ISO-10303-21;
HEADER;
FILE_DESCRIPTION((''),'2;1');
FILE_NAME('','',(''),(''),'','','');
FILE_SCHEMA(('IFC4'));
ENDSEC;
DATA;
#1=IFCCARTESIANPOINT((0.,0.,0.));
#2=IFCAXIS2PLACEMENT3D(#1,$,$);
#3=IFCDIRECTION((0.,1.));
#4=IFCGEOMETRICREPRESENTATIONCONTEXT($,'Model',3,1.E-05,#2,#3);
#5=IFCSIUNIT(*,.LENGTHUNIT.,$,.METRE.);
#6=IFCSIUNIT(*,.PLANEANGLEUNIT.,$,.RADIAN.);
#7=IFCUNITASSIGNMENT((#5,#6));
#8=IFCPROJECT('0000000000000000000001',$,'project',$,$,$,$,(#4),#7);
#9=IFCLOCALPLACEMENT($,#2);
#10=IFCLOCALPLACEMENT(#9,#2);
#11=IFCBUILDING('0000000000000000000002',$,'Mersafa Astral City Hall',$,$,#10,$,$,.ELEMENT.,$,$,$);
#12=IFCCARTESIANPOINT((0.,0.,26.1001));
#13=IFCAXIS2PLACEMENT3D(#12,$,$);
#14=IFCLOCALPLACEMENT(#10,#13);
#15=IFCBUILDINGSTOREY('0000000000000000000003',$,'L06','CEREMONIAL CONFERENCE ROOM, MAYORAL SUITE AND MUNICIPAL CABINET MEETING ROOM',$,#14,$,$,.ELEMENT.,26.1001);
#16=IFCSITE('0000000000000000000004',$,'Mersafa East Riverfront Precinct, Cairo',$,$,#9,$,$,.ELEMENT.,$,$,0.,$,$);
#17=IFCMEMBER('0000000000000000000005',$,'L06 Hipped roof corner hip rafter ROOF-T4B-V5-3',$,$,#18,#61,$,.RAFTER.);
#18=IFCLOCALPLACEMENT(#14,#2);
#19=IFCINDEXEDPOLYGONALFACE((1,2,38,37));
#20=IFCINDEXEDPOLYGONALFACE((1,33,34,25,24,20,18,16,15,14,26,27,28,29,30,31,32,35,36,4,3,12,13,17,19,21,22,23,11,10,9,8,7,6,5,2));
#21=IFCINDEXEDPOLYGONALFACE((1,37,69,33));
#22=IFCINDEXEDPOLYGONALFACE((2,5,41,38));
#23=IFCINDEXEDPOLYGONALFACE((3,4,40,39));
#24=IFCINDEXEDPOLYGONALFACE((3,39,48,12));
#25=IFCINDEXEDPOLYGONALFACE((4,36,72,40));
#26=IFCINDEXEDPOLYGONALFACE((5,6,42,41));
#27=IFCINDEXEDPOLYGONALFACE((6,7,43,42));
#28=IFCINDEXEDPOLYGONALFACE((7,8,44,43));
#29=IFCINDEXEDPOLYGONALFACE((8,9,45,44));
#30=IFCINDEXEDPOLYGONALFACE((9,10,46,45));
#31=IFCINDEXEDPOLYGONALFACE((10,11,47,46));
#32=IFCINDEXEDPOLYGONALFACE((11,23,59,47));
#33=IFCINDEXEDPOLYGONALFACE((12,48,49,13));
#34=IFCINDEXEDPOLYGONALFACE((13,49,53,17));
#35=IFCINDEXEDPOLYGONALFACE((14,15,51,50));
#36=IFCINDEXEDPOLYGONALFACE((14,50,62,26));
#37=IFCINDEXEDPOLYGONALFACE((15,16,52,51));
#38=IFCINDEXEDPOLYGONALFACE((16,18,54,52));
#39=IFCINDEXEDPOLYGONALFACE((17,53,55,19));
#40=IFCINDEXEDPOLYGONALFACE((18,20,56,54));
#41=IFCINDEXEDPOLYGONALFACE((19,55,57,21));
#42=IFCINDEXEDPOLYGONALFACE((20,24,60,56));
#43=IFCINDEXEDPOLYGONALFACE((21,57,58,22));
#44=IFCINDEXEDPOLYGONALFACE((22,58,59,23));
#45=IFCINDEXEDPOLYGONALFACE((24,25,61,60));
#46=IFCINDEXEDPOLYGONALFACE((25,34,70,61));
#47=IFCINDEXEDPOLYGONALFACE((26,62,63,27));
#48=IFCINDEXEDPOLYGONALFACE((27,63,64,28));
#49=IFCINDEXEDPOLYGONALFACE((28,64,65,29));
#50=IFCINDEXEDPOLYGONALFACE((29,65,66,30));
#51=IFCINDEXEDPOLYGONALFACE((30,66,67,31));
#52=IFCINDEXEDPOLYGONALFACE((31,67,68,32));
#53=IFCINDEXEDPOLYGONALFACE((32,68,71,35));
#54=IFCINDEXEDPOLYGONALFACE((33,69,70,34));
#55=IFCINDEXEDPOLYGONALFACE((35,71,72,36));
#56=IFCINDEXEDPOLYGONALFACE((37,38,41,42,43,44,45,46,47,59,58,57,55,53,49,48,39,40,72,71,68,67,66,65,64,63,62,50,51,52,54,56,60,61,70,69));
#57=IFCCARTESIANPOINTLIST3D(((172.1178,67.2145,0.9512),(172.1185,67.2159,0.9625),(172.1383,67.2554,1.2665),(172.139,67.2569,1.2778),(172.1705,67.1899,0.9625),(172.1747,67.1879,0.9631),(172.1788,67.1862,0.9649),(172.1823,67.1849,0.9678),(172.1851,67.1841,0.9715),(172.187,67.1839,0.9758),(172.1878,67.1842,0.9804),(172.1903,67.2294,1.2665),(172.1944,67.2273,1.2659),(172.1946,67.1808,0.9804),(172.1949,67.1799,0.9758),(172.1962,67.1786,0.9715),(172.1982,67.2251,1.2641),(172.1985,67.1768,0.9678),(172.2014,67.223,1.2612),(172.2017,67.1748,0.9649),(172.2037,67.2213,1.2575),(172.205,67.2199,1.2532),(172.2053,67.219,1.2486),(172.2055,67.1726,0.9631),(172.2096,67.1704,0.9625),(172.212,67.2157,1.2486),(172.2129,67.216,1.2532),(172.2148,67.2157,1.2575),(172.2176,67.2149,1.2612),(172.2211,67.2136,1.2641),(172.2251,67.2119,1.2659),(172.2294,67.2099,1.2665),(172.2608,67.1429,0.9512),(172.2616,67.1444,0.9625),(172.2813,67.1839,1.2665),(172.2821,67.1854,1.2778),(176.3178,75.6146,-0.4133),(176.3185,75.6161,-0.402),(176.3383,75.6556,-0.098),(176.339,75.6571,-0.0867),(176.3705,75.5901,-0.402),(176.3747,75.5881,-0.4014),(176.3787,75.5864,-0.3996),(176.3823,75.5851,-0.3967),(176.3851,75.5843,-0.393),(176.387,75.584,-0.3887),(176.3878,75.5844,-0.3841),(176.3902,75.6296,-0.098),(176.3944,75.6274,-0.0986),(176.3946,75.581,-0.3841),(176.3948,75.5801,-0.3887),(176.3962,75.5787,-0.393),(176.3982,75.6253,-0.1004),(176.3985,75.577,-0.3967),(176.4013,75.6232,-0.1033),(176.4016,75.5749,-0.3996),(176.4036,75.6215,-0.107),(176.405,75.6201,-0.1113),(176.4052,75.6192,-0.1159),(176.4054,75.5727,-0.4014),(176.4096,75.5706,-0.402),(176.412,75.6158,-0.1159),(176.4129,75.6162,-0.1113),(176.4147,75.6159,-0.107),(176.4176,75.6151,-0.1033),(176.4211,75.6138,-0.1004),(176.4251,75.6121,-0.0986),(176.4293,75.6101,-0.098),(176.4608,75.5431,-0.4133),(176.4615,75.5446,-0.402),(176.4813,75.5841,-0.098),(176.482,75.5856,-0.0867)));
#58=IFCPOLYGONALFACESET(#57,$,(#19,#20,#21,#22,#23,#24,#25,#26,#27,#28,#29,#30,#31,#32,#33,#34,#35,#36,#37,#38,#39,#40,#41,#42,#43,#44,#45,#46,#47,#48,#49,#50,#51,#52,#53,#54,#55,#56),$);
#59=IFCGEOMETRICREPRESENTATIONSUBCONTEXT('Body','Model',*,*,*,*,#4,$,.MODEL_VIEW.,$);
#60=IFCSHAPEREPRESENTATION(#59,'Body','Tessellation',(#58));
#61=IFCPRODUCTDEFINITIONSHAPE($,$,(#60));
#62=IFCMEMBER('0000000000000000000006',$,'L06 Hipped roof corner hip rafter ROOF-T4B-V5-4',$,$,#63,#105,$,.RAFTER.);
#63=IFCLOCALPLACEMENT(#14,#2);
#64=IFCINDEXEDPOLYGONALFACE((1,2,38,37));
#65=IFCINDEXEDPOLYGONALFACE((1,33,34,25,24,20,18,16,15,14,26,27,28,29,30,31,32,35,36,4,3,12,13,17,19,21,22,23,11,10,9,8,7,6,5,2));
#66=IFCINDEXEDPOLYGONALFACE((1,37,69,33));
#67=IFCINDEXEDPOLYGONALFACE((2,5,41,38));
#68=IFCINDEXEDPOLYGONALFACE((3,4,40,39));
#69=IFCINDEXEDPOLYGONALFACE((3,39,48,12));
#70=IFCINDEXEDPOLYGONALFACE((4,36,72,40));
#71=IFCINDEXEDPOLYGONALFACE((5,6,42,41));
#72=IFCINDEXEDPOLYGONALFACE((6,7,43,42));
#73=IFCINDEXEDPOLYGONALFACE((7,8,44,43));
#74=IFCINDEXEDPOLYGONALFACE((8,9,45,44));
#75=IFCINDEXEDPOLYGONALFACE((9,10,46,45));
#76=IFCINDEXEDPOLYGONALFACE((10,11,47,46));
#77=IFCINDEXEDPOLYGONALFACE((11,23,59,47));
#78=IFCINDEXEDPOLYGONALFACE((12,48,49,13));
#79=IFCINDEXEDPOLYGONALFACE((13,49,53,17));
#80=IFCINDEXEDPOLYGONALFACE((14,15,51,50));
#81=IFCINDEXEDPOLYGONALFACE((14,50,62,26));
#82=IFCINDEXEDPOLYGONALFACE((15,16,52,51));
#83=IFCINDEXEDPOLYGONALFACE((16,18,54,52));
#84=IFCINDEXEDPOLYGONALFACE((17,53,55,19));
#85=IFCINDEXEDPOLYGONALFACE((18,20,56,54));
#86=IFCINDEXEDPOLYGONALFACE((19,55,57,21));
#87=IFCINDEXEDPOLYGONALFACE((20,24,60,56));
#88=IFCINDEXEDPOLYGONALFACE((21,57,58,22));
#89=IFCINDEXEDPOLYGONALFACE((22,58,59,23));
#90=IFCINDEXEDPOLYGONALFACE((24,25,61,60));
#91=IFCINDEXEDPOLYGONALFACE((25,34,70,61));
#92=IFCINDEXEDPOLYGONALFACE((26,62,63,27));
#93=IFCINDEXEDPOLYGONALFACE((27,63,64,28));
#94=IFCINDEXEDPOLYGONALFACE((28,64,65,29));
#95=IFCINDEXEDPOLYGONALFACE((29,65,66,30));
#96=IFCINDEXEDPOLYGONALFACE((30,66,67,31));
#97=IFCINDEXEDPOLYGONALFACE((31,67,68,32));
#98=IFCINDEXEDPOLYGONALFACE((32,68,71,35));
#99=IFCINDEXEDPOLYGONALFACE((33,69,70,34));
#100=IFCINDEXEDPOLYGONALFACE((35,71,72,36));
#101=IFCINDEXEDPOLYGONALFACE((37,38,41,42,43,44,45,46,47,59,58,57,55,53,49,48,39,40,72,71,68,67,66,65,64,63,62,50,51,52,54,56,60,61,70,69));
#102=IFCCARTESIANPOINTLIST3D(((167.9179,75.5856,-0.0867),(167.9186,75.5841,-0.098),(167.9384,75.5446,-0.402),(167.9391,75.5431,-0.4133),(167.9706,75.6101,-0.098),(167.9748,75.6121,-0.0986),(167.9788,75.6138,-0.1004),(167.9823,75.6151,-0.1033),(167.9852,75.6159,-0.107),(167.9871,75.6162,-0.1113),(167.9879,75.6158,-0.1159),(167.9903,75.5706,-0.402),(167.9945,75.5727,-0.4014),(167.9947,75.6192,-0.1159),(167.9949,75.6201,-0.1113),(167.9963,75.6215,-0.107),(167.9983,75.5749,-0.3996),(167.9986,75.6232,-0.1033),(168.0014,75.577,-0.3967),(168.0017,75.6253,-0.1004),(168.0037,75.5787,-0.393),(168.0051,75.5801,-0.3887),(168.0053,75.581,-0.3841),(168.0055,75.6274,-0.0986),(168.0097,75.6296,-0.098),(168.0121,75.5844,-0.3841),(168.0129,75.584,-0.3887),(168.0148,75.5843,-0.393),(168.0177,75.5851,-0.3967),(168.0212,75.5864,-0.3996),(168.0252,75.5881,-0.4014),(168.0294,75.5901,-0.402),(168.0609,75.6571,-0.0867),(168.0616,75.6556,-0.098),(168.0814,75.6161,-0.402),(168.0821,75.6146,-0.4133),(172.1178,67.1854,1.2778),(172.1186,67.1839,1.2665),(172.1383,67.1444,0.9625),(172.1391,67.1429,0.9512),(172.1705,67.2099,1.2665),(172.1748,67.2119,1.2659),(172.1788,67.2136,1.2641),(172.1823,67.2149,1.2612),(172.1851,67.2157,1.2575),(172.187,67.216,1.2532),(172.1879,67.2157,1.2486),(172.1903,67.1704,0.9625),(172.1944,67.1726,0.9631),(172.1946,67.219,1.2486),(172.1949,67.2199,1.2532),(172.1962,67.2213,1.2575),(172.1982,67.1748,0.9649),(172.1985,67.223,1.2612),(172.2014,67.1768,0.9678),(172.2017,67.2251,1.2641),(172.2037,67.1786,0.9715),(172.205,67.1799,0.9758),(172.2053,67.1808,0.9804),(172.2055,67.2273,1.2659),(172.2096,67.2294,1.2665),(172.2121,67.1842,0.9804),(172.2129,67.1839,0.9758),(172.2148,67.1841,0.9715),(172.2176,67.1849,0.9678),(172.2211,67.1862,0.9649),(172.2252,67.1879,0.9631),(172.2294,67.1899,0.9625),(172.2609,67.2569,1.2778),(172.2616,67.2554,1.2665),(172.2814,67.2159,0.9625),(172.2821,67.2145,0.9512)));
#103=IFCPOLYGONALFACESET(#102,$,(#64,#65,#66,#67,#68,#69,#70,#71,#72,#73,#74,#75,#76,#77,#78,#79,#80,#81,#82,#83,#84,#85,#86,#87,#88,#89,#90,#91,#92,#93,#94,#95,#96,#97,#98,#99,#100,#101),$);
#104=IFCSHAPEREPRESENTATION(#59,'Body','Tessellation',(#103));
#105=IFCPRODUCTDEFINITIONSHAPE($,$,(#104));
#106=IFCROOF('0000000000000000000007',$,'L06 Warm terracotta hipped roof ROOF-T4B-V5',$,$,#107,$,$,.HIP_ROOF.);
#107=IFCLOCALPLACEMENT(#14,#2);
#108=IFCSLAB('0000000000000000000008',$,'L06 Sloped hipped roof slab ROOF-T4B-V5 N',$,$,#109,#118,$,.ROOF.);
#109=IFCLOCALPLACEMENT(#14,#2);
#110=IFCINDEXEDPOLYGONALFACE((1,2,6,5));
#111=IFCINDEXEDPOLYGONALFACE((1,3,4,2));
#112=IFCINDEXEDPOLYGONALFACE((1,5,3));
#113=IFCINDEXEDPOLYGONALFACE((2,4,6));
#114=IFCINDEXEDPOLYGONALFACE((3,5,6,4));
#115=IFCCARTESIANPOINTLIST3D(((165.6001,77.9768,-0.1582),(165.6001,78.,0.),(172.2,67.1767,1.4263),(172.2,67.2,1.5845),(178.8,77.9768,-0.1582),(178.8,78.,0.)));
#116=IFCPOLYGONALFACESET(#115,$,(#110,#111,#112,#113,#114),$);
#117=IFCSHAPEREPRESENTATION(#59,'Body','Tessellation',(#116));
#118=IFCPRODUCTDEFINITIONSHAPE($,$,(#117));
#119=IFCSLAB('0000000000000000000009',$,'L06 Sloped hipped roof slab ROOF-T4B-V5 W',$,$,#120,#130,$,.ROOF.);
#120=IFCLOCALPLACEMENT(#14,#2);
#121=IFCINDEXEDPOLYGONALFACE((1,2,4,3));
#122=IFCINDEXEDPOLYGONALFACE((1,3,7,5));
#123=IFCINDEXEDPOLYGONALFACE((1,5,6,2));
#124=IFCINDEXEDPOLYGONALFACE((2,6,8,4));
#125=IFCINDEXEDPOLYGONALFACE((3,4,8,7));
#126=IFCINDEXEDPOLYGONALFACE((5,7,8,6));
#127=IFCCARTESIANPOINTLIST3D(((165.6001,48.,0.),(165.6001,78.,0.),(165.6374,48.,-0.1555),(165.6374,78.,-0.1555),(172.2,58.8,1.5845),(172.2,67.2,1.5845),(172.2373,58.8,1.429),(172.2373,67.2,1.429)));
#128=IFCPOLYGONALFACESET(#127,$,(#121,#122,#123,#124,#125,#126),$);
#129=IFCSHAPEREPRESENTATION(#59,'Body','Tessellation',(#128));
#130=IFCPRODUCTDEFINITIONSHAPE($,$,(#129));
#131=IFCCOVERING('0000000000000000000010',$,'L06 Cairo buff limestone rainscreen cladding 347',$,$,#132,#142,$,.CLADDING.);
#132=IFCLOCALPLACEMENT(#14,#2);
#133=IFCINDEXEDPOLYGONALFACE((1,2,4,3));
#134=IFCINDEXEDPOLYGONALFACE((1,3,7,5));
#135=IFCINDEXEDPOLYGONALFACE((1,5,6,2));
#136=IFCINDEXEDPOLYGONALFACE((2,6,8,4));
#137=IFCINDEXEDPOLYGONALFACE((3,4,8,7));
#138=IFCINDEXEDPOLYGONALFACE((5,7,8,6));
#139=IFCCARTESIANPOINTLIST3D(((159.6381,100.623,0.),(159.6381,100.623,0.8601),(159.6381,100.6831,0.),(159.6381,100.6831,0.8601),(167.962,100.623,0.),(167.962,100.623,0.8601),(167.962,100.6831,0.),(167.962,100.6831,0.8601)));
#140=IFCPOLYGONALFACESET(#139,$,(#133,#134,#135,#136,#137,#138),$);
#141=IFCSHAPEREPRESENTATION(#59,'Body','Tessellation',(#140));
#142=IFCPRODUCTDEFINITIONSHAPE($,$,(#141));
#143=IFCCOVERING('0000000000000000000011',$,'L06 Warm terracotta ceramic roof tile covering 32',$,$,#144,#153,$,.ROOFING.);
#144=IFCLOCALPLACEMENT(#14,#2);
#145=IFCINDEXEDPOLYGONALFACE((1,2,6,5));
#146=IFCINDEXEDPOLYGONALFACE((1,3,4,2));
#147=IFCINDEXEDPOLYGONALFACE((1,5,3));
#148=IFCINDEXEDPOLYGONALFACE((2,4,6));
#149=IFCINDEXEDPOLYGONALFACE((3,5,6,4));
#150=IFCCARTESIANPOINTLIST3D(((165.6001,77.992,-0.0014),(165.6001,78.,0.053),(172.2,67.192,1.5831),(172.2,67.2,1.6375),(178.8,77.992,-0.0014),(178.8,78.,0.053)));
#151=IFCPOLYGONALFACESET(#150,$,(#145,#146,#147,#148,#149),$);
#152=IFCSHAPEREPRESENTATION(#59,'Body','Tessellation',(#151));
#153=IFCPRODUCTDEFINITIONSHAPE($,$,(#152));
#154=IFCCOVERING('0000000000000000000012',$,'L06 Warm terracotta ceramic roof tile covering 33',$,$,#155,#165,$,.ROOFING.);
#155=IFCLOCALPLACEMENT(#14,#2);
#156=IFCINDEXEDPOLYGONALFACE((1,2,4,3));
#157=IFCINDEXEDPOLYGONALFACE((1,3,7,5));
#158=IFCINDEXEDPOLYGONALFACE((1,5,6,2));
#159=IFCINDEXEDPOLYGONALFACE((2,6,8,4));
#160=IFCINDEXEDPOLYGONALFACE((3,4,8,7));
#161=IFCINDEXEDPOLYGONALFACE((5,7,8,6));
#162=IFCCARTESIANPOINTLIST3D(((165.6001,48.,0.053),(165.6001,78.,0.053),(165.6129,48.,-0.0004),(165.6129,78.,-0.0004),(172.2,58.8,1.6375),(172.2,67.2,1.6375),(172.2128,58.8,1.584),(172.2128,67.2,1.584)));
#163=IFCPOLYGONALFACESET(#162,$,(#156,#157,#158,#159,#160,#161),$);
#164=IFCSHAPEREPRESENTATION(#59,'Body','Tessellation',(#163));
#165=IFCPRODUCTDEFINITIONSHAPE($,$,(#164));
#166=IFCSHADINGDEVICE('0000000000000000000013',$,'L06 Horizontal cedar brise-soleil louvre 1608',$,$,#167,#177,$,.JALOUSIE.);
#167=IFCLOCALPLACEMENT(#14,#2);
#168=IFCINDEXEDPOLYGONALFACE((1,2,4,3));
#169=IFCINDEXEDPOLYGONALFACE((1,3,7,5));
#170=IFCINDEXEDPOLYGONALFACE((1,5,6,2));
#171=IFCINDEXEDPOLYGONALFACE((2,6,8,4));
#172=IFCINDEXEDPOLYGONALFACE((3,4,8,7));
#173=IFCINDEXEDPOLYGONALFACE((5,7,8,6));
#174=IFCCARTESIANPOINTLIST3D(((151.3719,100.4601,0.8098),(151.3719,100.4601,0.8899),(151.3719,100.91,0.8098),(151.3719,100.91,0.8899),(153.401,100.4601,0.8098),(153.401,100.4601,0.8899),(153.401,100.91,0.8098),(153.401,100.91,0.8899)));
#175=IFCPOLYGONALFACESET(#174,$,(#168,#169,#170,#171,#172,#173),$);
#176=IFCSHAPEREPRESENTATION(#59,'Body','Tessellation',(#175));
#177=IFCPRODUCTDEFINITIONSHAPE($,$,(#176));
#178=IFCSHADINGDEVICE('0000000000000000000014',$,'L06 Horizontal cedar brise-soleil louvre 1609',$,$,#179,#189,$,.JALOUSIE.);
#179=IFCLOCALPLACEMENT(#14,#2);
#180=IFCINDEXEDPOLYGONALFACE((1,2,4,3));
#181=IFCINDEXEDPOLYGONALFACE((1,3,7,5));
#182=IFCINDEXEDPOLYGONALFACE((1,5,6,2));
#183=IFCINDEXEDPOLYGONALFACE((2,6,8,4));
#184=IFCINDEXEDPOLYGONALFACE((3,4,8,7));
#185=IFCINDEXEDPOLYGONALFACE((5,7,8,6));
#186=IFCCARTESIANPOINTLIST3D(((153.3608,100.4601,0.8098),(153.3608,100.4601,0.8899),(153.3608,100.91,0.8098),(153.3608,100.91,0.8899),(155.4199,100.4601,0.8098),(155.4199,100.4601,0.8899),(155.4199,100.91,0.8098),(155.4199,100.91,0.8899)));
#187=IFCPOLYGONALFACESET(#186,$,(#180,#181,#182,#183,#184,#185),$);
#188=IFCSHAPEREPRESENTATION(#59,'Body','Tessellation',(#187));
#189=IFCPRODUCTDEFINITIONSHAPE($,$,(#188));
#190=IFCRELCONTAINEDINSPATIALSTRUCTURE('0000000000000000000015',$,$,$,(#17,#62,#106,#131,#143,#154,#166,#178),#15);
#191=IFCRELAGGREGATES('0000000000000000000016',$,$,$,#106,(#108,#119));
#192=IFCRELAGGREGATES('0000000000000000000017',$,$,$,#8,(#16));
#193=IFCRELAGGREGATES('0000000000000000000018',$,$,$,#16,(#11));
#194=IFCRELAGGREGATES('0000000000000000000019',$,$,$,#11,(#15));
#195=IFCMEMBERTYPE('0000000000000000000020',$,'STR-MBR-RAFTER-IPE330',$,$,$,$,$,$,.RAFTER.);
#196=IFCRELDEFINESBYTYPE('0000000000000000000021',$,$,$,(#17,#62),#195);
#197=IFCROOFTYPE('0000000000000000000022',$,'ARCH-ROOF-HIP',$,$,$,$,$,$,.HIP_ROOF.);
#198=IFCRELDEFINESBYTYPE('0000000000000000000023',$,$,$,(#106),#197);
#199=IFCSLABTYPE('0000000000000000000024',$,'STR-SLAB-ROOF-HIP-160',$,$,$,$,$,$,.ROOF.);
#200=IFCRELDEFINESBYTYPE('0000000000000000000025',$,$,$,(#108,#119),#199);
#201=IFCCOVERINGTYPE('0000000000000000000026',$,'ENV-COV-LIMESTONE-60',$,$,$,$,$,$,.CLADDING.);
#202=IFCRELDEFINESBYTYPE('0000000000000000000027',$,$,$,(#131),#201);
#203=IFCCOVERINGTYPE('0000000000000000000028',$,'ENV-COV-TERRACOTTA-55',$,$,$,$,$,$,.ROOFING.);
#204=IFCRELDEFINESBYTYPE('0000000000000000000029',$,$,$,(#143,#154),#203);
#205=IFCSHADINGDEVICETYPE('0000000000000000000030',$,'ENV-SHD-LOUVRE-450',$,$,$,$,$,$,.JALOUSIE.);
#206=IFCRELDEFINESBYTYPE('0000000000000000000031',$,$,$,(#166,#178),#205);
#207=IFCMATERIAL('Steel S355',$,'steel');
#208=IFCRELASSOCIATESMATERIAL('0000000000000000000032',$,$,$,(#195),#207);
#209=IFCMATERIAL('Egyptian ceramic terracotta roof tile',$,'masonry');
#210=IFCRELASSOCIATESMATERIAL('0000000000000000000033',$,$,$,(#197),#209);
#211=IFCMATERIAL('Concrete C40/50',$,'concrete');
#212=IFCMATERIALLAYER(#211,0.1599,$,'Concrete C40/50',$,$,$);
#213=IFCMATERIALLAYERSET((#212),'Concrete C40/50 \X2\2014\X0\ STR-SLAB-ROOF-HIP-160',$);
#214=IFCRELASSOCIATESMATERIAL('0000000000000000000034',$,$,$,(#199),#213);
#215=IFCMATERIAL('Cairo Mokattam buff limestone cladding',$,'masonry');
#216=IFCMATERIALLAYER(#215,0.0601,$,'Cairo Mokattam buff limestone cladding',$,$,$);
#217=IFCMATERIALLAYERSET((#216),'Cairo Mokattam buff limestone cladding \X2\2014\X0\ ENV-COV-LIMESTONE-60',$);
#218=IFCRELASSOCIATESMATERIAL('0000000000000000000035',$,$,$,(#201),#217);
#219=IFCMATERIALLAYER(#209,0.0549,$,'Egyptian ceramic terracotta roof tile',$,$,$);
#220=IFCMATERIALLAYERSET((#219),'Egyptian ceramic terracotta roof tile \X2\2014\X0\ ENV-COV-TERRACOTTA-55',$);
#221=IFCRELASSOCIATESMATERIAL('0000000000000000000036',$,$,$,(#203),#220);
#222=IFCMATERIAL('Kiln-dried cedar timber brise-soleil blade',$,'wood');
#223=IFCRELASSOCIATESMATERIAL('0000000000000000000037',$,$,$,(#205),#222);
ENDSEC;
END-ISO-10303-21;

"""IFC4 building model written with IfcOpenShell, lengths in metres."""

from ifc_helpers import new_model, si_unit, direction, frame, origin, origin_2d, place, context, subcontext, project, spatial, polyline, rectangle, i_section, outline, extrude, material, layer, layer_set, material_profile, profile_set, type_object, element, aggregate, save


model = new_model("IFC4")

# Units and contexts
model_context = context("Model", 3, precision=1e-05, world=origin(), true_north=direction((0.0, 1.0)))
body_context = subcontext(model_context, "Body", "Model", "MODEL_VIEW")
ifc_project = project(units=[si_unit("LENGTHUNIT", "METRE"), si_unit("PLANEANGLEUNIT", "RADIAN")], contexts=[model_context])

# Site, building, storey
site_placement = place(None, origin())
site = spatial("IfcSite", under=ifc_project, at=site_placement, Name="Mersafa East Riverfront Precinct, Cairo", CompositionType="ELEMENT", RefElevation=0.0)
building_placement = place(site_placement, origin())
building = spatial("IfcBuilding", under=site, at=building_placement, Name="Mersafa Astral City Hall", CompositionType="ELEMENT")
storey_placement = place(building_placement, frame((0.0, 0.0, 26.1001)))
storey = spatial("IfcBuildingStorey", under=building, at=storey_placement, Name="L06", Description="CEREMONIAL CONFERENCE ROOM, MAYORAL SUITE AND MUNICIPAL CABINET MEETING ROOM", CompositionType="ELEMENT", Elevation=26.1001)

# Shared definitions
ifc_material_1 = material(Name="Steel S355", Category="steel")

# Members
ifc_material_profile_1 = material_profile(ifc_material_1, i_section(OverallWidth=0.1599, OverallDepth=0.3301, WebThickness=0.0076, FlangeThickness=0.0115, FilletRadius=0.0181, at=origin_2d()), Name="IPE 330")
ifc_profile_set_1 = profile_set([ifc_material_profile_1], Name="Steel S355")
member_type = type_object("IfcMemberType", Name="STR-MBR-RAFTER-IPE330", PredefinedType="RAFTER", material=ifc_profile_set_1)
for number, where, z_axis, x_axis, name in (
    (1, (176.3999, 75.6001, -0.25), (-0.442557, -0.885139, 0.14378), (0.894432, -0.447203, 0.0), "L06 Hipped roof corner hip rafter ROOF-T4B-V5-3"),
    (2, (168.0, 75.6001, -0.25), (0.442557, -0.885139, 0.14378), (0.894432, 0.447203, 0.0), "L06 Hipped roof corner hip rafter ROOF-T4B-V5-4"),
):
    element("IfcMember", number, at=place(storey_placement, frame(where, z_axis=z_axis, x_axis=x_axis)), inside=storey, type_object=member_type, Name=name, PredefinedType="RAFTER", context=body_context, shape_type="SweptSolid", body=[
        extrude(i_section(OverallWidth=0.1599, OverallDepth=0.3301, WebThickness=0.0076, FlangeThickness=0.0115, FilletRadius=0.0181, at=origin_2d()), origin(), (0.0, 0.0, 1.0), 9.4902),
    ])

# Roof, slabs
ifc_material_2 = material(Name="Egyptian ceramic terracotta roof tile", Category="masonry")
roof_type = type_object("IfcRoofType", Name="ARCH-ROOF-HIP", PredefinedType="HIP_ROOF", material=ifc_material_2)
roof_placement = place(storey_placement, origin())
roof = element("IfcRoof", 3, at=roof_placement, inside=storey, type_object=roof_type, Name="L06 Warm terracotta hipped roof ROOF-T4B-V5", PredefinedType="HIP_ROOF")
ifc_material_3 = material(Name="Concrete C40/50", Category="concrete")
ifc_layer_1 = layer(ifc_material_3, 0.1599, Name="Concrete C40/50")
ifc_layer_set_1 = layer_set([ifc_layer_1], Name="Concrete C40/50 — STR-SLAB-ROOF-HIP-160")
slab_type = type_object("IfcSlabType", Name="STR-SLAB-ROOF-HIP-160", PredefinedType="ROOF", material=ifc_layer_set_1)
slab_1_placement = place(storey_placement, frame((178.8, 78.0, 0.0), z_axis=(0.0, 0.145156, 0.989409), x_axis=(-1.0, 0.0, 0.0)))
slab_1 = element("IfcSlab", 4, at=slab_1_placement, type_object=slab_type, Name="L06 Sloped hipped roof slab ROOF-T4B-V5 N", PredefinedType="ROOF", context=body_context, shape_type="SweptSolid", body=[
    extrude(outline(polyline([(0.0, 0.0), (13.2, 0.0), (6.6001, 10.9157), (0.0, 0.0)])), origin(), (0.0, 0.0, -1.0), 0.1599),
])
slab_2_placement = place(storey_placement, frame((165.6001, 78.0, 0.0), z_axis=(-0.233444, 0.0, 0.97237), x_axis=(0.0, -1.0, 0.0)))
slab_2 = element("IfcSlab", 5, at=slab_2_placement, type_object=slab_type, Name="L06 Sloped hipped roof slab ROOF-T4B-V5 W", PredefinedType="ROOF", context=body_context, shape_type="SweptSolid", body=[
    extrude(outline(polyline([(0.0, 0.0), (30.0, 0.0), (19.2, 6.7874), (10.8, 6.7874), (0.0, 0.0)])), origin(), (0.0, 0.0, -1.0), 0.1599),
])
aggregate(roof, [slab_1, slab_2])

# Coverings
ifc_material_4 = material(Name="Cairo Mokattam buff limestone cladding", Category="masonry")
ifc_layer_2 = layer(ifc_material_4, 0.0601, Name="Cairo Mokattam buff limestone cladding")
ifc_layer_set_2 = layer_set([ifc_layer_2], Name="Cairo Mokattam buff limestone cladding — ENV-COV-LIMESTONE-60")
covering_type_1 = type_object("IfcCoveringType", Name="ENV-COV-LIMESTONE-60", PredefinedType="CLADDING", material=ifc_layer_set_2)
covering_1_placement = place(storey_placement, frame((163.8, 100.6531, 0.0), z_axis=(0.0, 0.0, 1.0), x_axis=(1.0, 0.0, 0.0)))
element("IfcCovering", 6, at=covering_1_placement, inside=storey, type_object=covering_type_1, Name="L06 Cairo buff limestone rainscreen cladding 347", PredefinedType="CLADDING", context=body_context, shape_type="SweptSolid", body=[
    extrude(rectangle(XDim=8.324, YDim=0.0601, at=origin_2d()), origin(), (0.0, 0.0, 1.0), 0.8601),
])
ifc_layer_3 = layer(ifc_material_2, 0.0549, Name="Egyptian ceramic terracotta roof tile")
ifc_layer_set_3 = layer_set([ifc_layer_3], Name="Egyptian ceramic terracotta roof tile — ENV-COV-TERRACOTTA-55")
covering_type_2 = type_object("IfcCoveringType", Name="ENV-COV-TERRACOTTA-55", PredefinedType="ROOFING", material=ifc_layer_set_3)
covering_2_placement = place(storey_placement, frame((178.8, 78.0, 0.053), z_axis=(0.0, 0.145156, 0.989409), x_axis=(-1.0, 0.0, 0.0)))
element("IfcCovering", 7, at=covering_2_placement, inside=storey, type_object=covering_type_2, Name="L06 Warm terracotta ceramic roof tile covering 32", PredefinedType="ROOFING", context=body_context, shape_type="SweptSolid", body=[
    extrude(outline(polyline([(0.0, 0.0), (13.2, 0.0), (6.6001, 10.9157), (0.0, 0.0)])), origin(), (0.0, 0.0, -1.0), 0.0549),
])
covering_3_placement = place(storey_placement, frame((165.6001, 78.0, 0.053), z_axis=(-0.233444, 0.0, 0.97237), x_axis=(0.0, -1.0, 0.0)))
element("IfcCovering", 8, at=covering_3_placement, inside=storey, type_object=covering_type_2, Name="L06 Warm terracotta ceramic roof tile covering 33", PredefinedType="ROOFING", context=body_context, shape_type="SweptSolid", body=[
    extrude(outline(polyline([(0.0, 0.0), (30.0, 0.0), (19.2, 6.7874), (10.8, 6.7874), (0.0, 0.0)])), origin(), (0.0, 0.0, -1.0), 0.0549),
])

# Shading devices
ifc_material_5 = material(Name="Kiln-dried cedar timber brise-soleil blade", Category="wood")
shading_device_type = type_object("IfcShadingDeviceType", Name="ENV-SHD-LOUVRE-450", PredefinedType="JALOUSIE", material=ifc_material_5)
shading_device_1_placement = place(storey_placement, frame((152.3865, 100.6851, 0.8098), z_axis=(0.0, 0.0, 1.0), x_axis=(1.0, 0.0, 0.0)))
element("IfcShadingDevice", 9, at=shading_device_1_placement, inside=storey, type_object=shading_device_type, Name="L06 Horizontal cedar brise-soleil louvre 1608", PredefinedType="JALOUSIE", context=body_context, shape_type="SweptSolid", body=[
    extrude(rectangle(XDim=2.0291, YDim=0.45, at=origin_2d()), origin(), (0.0, 0.0, 1.0), 0.0801),
])
for number, where, z_axis, x_axis, name in (
    (10, (154.3904, 100.6851, 0.8098), (0.0, 0.0, 1.0), (1.0, 0.0, 0.0), "L06 Horizontal cedar brise-soleil louvre 1609"),
):
    element("IfcShadingDevice", number, at=place(storey_placement, frame(where, z_axis=z_axis, x_axis=x_axis)), inside=storey, type_object=shading_device_type, Name=name, PredefinedType="JALOUSIE", context=body_context, shape_type="SweptSolid", body=[
        extrude(rectangle(XDim=2.0591, YDim=0.45, at=origin_2d()), origin(), (0.0, 0.0, 1.0), 0.0801),
    ])

save(model, "model.ifc")
